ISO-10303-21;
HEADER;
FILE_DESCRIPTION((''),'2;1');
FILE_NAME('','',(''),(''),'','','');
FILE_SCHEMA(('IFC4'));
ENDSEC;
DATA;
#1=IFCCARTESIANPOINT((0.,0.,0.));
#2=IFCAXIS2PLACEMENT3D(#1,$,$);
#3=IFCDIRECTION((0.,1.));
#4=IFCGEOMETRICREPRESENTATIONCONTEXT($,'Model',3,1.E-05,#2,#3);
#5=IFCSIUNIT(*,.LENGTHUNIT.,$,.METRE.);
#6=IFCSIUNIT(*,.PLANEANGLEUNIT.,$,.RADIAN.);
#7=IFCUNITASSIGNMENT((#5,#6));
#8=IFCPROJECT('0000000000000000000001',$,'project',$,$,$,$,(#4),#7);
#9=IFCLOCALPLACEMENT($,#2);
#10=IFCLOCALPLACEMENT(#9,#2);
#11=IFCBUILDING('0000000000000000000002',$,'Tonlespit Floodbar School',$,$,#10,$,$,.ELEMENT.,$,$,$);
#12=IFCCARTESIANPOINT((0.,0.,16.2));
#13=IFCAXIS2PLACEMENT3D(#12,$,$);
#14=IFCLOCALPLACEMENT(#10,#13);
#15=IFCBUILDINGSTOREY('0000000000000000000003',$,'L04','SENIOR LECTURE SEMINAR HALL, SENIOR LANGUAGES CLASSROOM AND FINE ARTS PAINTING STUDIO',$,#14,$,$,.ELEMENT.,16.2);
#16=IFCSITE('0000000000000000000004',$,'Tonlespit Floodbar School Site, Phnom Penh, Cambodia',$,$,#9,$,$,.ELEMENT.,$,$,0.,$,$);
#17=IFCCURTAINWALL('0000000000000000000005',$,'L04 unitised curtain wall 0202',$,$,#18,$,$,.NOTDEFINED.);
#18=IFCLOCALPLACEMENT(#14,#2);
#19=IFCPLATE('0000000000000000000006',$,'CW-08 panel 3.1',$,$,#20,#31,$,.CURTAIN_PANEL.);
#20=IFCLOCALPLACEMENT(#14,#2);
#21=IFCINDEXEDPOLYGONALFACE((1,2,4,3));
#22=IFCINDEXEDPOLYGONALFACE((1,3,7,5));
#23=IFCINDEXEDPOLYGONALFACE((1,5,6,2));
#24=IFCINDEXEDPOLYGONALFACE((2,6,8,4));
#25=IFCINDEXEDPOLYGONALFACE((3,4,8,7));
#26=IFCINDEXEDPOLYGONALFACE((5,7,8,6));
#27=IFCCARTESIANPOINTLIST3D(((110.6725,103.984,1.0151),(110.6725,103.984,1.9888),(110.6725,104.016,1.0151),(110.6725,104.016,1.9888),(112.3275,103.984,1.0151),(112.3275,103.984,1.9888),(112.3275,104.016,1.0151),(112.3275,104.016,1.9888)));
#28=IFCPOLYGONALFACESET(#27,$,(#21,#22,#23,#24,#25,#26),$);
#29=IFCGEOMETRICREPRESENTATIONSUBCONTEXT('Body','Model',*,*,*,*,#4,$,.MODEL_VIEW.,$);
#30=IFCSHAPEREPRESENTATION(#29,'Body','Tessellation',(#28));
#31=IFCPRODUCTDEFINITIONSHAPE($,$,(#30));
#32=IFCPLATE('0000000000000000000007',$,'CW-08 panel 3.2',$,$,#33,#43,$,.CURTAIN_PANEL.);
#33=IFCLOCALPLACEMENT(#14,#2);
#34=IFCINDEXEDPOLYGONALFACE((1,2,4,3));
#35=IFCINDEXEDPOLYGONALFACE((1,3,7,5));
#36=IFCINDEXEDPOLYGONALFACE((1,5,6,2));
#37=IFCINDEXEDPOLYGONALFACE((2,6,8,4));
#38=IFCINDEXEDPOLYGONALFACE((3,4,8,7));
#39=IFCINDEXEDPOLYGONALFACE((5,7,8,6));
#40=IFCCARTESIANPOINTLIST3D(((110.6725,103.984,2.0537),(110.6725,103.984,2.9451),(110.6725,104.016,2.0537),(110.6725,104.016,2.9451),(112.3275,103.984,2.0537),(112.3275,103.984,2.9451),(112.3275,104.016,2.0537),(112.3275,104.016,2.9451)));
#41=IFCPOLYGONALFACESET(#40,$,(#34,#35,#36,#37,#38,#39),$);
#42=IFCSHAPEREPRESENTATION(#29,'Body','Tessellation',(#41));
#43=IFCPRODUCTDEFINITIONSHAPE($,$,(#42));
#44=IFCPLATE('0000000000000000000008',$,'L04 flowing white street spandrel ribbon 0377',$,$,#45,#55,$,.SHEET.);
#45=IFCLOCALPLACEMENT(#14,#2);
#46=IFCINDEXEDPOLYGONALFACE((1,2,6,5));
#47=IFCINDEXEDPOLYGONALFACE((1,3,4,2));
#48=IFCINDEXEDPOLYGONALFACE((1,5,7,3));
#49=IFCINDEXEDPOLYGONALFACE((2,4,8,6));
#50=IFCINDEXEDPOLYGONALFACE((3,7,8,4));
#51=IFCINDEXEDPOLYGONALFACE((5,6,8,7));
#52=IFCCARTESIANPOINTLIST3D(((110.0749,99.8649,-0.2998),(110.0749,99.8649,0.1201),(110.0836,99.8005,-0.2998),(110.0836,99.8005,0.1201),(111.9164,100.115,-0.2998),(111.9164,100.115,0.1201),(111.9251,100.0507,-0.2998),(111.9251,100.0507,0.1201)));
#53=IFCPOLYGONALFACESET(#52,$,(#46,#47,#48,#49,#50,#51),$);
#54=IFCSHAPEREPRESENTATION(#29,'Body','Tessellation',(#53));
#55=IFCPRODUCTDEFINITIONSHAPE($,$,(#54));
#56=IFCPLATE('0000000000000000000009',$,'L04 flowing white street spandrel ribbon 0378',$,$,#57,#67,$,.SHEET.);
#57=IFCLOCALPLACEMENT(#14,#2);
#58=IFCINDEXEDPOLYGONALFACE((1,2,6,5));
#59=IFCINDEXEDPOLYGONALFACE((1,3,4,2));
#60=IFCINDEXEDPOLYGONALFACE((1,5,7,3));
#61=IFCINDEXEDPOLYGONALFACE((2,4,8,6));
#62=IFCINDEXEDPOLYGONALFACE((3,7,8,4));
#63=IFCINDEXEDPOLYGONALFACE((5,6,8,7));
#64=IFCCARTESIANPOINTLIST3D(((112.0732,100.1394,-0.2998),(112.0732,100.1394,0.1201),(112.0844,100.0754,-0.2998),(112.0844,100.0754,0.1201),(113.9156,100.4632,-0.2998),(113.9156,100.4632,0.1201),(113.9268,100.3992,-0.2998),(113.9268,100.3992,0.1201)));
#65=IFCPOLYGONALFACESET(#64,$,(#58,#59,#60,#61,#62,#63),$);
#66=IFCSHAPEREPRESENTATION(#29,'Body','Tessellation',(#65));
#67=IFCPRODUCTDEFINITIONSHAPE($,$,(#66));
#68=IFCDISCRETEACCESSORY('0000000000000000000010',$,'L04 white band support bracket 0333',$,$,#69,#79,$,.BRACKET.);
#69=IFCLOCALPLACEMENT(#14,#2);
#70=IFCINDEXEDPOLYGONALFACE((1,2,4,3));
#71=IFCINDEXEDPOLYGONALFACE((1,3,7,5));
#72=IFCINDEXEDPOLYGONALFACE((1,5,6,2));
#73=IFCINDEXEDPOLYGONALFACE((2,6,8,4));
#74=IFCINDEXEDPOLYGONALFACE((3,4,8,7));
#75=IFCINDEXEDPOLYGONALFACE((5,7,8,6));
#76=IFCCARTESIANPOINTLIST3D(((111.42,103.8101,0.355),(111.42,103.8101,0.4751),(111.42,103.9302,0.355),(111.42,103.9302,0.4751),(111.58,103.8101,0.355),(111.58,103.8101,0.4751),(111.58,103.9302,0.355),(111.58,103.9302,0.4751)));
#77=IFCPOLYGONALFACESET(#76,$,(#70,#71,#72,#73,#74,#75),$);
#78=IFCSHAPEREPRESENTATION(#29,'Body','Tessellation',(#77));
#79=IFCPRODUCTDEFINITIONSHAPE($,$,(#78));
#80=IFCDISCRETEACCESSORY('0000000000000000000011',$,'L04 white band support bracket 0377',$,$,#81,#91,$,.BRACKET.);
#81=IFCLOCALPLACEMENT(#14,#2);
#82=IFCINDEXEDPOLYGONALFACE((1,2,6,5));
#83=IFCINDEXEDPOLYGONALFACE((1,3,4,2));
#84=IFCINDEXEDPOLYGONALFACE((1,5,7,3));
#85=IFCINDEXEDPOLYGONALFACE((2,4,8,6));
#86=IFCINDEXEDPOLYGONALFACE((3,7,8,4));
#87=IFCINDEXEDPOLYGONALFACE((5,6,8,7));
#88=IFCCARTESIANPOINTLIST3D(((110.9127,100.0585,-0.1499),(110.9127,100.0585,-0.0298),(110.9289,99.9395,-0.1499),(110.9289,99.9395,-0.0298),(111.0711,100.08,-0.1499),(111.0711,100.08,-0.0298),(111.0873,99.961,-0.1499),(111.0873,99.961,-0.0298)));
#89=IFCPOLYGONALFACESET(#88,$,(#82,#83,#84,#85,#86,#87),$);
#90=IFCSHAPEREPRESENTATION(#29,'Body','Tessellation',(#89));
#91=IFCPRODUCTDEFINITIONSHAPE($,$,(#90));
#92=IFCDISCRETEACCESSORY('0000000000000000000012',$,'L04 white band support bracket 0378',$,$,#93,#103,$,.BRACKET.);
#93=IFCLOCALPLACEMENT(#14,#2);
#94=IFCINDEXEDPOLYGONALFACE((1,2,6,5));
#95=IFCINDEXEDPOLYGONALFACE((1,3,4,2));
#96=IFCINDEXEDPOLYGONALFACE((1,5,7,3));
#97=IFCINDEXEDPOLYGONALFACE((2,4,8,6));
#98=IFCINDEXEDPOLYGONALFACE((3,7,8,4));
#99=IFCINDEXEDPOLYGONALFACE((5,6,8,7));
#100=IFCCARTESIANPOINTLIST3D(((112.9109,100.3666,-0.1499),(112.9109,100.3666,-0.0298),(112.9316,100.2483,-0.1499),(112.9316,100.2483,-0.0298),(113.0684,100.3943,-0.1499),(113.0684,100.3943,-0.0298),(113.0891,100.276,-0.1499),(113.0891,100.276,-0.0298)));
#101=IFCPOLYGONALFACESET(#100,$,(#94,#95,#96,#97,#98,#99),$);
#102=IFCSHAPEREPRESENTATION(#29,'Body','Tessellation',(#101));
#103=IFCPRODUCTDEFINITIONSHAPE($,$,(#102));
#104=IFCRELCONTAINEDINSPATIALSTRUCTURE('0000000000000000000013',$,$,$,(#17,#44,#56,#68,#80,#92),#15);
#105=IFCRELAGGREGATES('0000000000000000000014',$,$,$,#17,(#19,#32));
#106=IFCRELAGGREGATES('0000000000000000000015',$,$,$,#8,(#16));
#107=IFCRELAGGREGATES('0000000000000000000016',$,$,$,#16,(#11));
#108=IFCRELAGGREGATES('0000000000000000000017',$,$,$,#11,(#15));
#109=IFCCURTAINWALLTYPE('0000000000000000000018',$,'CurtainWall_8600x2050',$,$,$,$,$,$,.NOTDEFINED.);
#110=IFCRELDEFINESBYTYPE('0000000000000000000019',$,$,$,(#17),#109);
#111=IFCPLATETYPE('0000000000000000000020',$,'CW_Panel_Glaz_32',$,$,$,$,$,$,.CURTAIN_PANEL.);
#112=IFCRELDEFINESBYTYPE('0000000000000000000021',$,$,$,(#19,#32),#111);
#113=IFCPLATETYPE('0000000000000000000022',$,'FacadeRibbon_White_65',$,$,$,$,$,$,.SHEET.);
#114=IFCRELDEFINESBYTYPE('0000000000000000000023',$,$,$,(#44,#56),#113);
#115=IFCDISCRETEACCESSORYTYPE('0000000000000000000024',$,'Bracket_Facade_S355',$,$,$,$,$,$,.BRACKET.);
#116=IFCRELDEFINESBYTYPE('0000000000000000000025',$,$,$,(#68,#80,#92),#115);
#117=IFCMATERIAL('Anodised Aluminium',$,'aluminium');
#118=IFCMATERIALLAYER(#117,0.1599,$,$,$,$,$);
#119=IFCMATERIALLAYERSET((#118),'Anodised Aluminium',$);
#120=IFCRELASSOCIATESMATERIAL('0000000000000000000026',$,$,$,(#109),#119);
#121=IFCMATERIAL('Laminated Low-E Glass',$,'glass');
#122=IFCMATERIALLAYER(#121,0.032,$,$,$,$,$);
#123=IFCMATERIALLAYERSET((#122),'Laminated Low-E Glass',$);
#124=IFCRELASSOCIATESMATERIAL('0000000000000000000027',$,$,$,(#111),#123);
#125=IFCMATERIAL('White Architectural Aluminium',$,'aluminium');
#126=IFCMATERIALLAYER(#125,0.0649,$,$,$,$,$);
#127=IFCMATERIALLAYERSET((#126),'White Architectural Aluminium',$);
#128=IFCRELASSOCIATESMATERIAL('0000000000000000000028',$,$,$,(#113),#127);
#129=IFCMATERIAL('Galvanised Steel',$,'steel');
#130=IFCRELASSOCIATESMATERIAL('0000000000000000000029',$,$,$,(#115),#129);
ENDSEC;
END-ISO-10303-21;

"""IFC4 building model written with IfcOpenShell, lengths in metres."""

from ifc_helpers import new_model, si_unit, direction, frame, origin, origin_2d, place, context, subcontext, project, spatial, rectangle, extrude, material, layer, layer_set, type_object, element, aggregate, save


model = new_model("IFC4")

# Units and contexts
model_context = context("Model", 3, precision=1e-05, world=origin(), true_north=direction((0.0, 1.0)))
body_context = subcontext(model_context, "Body", "Model", "MODEL_VIEW")
ifc_project = project(units=[si_unit("LENGTHUNIT", "METRE"), si_unit("PLANEANGLEUNIT", "RADIAN")], contexts=[model_context])

# Site, building, storey
site_placement = place(None, origin())
site = spatial("IfcSite", under=ifc_project, at=site_placement, Name="Tonlespit Floodbar School Site, Phnom Penh, Cambodia", CompositionType="ELEMENT", RefElevation=0.0)
building_placement = place(site_placement, origin())
building = spatial("IfcBuilding", under=site, at=building_placement, Name="Tonlespit Floodbar School", CompositionType="ELEMENT")
storey_placement = place(building_placement, frame((0.0, 0.0, 16.2)))
storey = spatial("IfcBuildingStorey", under=building, at=storey_placement, Name="L04", Description="SENIOR LECTURE SEMINAR HALL, SENIOR LANGUAGES CLASSROOM AND FINE ARTS PAINTING STUDIO", CompositionType="ELEMENT", Elevation=16.2)

# Curtain wall, plates
ifc_material_1 = material(Name="Anodised Aluminium", Category="aluminium")
ifc_layer_1 = layer(ifc_material_1, 0.1599)
ifc_layer_set_1 = layer_set([ifc_layer_1], Name="Anodised Aluminium")
curtain_wall_type = type_object("IfcCurtainWallType", Name="CurtainWall_8600x2050", PredefinedType="NOTDEFINED", material=ifc_layer_set_1)
curtain_wall_placement = place(storey_placement, origin())
curtain_wall = element("IfcCurtainWall", 1, at=curtain_wall_placement, inside=storey, type_object=curtain_wall_type, Name="L04 unitised curtain wall 0202", PredefinedType="NOTDEFINED")
ifc_material_2 = material(Name="Laminated Low-E Glass", Category="glass")
ifc_layer_2 = layer(ifc_material_2, 0.032)
ifc_layer_set_2 = layer_set([ifc_layer_2], Name="Laminated Low-E Glass")
plate_type_1 = type_object("IfcPlateType", Name="CW_Panel_Glaz_32", PredefinedType="CURTAIN_PANEL", material=ifc_layer_set_2)
plate_1_placement = place(storey_placement, frame((111.5, 104.0, 1.0151), z_axis=(0.0, 0.0, 1.0), x_axis=(-1.0, 0.0, 0.0)))
plate_1 = element("IfcPlate", 2, at=plate_1_placement, type_object=plate_type_1, Name="CW-08 panel 3.1", PredefinedType="CURTAIN_PANEL", context=body_context, shape_type="SweptSolid", body=[
    extrude(rectangle(XDim=1.655, YDim=0.032, at=origin_2d()), origin(), (0.0, 0.0, 1.0), 0.9736),
])
plate_2_placement = place(storey_placement, frame((111.5, 104.0, 2.0537), z_axis=(0.0, 0.0, 1.0), x_axis=(-1.0, 0.0, 0.0)))
plate_2 = element("IfcPlate", 3, at=plate_2_placement, type_object=plate_type_1, Name="CW-08 panel 3.2", PredefinedType="CURTAIN_PANEL", context=body_context, shape_type="SweptSolid", body=[
    extrude(rectangle(XDim=1.655, YDim=0.032, at=origin_2d()), origin(), (0.0, 0.0, 1.0), 0.8914),
])
aggregate(curtain_wall, [plate_1, plate_2])

# Plates
ifc_material_3 = material(Name="White Architectural Aluminium", Category="aluminium")
ifc_layer_3 = layer(ifc_material_3, 0.0649)
ifc_layer_set_3 = layer_set([ifc_layer_3], Name="White Architectural Aluminium")
plate_type_2 = type_object("IfcPlateType", Name="FacadeRibbon_White_65", PredefinedType="SHEET", material=ifc_layer_set_3)
plate_3_placement = place(storey_placement, frame((111.0, 99.9578, -0.2998), z_axis=(0.0, 0.0, 1.0), x_axis=(0.990898, 0.134614, 0.0)))
element("IfcPlate", 4, at=plate_3_placement, inside=storey, type_object=plate_type_2, Name="L04 flowing white street spandrel ribbon 0377", PredefinedType="SHEET", context=body_context, shape_type="SweptSolid", body=[
    extrude(rectangle(XDim=1.8584, YDim=0.0649, at=origin_2d()), origin(), (0.0, 0.0, 1.0), 0.4199),
])
plate_4_placement = place(storey_placement, frame((113.0, 100.2693, -0.2998), z_axis=(0.0, 0.0, 1.0), x_axis=(0.984905, 0.173096, 0.0)))
element("IfcPlate", 5, at=plate_4_placement, inside=storey, type_object=plate_type_2, Name="L04 flowing white street spandrel ribbon 0378", PredefinedType="SHEET", context=body_context, shape_type="SweptSolid", body=[
    extrude(rectangle(XDim=1.8706, YDim=0.0649, at=origin_2d()), origin(), (0.0, 0.0, 1.0), 0.4199),
])

# Discrete accessories
ifc_material_4 = material(Name="Galvanised Steel", Category="steel")
discrete_accessory_type = type_object("IfcDiscreteAccessoryType", Name="Bracket_Facade_S355", PredefinedType="BRACKET", material=ifc_material_4)
for number, where, z_axis, x_axis, name in (
    (6, (111.5, 103.8701, 0.355), (0.0, 0.0, 1.0), (-1.0, 0.0, 0.0), "L04 white band support bracket 0333"),
    (7, (111.0, 100.0098, -0.1499), (0.0, 0.0, 1.0), (0.990898, 0.134614, 0.0), "L04 white band support bracket 0377"),
    (8, (113.0, 100.3213, -0.1499), (0.0, 0.0, 1.0), (0.984905, 0.173096, 0.0), "L04 white band support bracket 0378"),
):
    element("IfcDiscreteAccessory", number, at=place(storey_placement, frame(where, z_axis=z_axis, x_axis=x_axis)), inside=storey, type_object=discrete_accessory_type, Name=name, PredefinedType="BRACKET", context=body_context, shape_type="SweptSolid", body=[
        extrude(rectangle(XDim=0.1599, YDim=0.1201, at=origin_2d()), origin(), (0.0, 0.0, 1.0), 0.1201),
    ])

save(model, "model.ifc")
